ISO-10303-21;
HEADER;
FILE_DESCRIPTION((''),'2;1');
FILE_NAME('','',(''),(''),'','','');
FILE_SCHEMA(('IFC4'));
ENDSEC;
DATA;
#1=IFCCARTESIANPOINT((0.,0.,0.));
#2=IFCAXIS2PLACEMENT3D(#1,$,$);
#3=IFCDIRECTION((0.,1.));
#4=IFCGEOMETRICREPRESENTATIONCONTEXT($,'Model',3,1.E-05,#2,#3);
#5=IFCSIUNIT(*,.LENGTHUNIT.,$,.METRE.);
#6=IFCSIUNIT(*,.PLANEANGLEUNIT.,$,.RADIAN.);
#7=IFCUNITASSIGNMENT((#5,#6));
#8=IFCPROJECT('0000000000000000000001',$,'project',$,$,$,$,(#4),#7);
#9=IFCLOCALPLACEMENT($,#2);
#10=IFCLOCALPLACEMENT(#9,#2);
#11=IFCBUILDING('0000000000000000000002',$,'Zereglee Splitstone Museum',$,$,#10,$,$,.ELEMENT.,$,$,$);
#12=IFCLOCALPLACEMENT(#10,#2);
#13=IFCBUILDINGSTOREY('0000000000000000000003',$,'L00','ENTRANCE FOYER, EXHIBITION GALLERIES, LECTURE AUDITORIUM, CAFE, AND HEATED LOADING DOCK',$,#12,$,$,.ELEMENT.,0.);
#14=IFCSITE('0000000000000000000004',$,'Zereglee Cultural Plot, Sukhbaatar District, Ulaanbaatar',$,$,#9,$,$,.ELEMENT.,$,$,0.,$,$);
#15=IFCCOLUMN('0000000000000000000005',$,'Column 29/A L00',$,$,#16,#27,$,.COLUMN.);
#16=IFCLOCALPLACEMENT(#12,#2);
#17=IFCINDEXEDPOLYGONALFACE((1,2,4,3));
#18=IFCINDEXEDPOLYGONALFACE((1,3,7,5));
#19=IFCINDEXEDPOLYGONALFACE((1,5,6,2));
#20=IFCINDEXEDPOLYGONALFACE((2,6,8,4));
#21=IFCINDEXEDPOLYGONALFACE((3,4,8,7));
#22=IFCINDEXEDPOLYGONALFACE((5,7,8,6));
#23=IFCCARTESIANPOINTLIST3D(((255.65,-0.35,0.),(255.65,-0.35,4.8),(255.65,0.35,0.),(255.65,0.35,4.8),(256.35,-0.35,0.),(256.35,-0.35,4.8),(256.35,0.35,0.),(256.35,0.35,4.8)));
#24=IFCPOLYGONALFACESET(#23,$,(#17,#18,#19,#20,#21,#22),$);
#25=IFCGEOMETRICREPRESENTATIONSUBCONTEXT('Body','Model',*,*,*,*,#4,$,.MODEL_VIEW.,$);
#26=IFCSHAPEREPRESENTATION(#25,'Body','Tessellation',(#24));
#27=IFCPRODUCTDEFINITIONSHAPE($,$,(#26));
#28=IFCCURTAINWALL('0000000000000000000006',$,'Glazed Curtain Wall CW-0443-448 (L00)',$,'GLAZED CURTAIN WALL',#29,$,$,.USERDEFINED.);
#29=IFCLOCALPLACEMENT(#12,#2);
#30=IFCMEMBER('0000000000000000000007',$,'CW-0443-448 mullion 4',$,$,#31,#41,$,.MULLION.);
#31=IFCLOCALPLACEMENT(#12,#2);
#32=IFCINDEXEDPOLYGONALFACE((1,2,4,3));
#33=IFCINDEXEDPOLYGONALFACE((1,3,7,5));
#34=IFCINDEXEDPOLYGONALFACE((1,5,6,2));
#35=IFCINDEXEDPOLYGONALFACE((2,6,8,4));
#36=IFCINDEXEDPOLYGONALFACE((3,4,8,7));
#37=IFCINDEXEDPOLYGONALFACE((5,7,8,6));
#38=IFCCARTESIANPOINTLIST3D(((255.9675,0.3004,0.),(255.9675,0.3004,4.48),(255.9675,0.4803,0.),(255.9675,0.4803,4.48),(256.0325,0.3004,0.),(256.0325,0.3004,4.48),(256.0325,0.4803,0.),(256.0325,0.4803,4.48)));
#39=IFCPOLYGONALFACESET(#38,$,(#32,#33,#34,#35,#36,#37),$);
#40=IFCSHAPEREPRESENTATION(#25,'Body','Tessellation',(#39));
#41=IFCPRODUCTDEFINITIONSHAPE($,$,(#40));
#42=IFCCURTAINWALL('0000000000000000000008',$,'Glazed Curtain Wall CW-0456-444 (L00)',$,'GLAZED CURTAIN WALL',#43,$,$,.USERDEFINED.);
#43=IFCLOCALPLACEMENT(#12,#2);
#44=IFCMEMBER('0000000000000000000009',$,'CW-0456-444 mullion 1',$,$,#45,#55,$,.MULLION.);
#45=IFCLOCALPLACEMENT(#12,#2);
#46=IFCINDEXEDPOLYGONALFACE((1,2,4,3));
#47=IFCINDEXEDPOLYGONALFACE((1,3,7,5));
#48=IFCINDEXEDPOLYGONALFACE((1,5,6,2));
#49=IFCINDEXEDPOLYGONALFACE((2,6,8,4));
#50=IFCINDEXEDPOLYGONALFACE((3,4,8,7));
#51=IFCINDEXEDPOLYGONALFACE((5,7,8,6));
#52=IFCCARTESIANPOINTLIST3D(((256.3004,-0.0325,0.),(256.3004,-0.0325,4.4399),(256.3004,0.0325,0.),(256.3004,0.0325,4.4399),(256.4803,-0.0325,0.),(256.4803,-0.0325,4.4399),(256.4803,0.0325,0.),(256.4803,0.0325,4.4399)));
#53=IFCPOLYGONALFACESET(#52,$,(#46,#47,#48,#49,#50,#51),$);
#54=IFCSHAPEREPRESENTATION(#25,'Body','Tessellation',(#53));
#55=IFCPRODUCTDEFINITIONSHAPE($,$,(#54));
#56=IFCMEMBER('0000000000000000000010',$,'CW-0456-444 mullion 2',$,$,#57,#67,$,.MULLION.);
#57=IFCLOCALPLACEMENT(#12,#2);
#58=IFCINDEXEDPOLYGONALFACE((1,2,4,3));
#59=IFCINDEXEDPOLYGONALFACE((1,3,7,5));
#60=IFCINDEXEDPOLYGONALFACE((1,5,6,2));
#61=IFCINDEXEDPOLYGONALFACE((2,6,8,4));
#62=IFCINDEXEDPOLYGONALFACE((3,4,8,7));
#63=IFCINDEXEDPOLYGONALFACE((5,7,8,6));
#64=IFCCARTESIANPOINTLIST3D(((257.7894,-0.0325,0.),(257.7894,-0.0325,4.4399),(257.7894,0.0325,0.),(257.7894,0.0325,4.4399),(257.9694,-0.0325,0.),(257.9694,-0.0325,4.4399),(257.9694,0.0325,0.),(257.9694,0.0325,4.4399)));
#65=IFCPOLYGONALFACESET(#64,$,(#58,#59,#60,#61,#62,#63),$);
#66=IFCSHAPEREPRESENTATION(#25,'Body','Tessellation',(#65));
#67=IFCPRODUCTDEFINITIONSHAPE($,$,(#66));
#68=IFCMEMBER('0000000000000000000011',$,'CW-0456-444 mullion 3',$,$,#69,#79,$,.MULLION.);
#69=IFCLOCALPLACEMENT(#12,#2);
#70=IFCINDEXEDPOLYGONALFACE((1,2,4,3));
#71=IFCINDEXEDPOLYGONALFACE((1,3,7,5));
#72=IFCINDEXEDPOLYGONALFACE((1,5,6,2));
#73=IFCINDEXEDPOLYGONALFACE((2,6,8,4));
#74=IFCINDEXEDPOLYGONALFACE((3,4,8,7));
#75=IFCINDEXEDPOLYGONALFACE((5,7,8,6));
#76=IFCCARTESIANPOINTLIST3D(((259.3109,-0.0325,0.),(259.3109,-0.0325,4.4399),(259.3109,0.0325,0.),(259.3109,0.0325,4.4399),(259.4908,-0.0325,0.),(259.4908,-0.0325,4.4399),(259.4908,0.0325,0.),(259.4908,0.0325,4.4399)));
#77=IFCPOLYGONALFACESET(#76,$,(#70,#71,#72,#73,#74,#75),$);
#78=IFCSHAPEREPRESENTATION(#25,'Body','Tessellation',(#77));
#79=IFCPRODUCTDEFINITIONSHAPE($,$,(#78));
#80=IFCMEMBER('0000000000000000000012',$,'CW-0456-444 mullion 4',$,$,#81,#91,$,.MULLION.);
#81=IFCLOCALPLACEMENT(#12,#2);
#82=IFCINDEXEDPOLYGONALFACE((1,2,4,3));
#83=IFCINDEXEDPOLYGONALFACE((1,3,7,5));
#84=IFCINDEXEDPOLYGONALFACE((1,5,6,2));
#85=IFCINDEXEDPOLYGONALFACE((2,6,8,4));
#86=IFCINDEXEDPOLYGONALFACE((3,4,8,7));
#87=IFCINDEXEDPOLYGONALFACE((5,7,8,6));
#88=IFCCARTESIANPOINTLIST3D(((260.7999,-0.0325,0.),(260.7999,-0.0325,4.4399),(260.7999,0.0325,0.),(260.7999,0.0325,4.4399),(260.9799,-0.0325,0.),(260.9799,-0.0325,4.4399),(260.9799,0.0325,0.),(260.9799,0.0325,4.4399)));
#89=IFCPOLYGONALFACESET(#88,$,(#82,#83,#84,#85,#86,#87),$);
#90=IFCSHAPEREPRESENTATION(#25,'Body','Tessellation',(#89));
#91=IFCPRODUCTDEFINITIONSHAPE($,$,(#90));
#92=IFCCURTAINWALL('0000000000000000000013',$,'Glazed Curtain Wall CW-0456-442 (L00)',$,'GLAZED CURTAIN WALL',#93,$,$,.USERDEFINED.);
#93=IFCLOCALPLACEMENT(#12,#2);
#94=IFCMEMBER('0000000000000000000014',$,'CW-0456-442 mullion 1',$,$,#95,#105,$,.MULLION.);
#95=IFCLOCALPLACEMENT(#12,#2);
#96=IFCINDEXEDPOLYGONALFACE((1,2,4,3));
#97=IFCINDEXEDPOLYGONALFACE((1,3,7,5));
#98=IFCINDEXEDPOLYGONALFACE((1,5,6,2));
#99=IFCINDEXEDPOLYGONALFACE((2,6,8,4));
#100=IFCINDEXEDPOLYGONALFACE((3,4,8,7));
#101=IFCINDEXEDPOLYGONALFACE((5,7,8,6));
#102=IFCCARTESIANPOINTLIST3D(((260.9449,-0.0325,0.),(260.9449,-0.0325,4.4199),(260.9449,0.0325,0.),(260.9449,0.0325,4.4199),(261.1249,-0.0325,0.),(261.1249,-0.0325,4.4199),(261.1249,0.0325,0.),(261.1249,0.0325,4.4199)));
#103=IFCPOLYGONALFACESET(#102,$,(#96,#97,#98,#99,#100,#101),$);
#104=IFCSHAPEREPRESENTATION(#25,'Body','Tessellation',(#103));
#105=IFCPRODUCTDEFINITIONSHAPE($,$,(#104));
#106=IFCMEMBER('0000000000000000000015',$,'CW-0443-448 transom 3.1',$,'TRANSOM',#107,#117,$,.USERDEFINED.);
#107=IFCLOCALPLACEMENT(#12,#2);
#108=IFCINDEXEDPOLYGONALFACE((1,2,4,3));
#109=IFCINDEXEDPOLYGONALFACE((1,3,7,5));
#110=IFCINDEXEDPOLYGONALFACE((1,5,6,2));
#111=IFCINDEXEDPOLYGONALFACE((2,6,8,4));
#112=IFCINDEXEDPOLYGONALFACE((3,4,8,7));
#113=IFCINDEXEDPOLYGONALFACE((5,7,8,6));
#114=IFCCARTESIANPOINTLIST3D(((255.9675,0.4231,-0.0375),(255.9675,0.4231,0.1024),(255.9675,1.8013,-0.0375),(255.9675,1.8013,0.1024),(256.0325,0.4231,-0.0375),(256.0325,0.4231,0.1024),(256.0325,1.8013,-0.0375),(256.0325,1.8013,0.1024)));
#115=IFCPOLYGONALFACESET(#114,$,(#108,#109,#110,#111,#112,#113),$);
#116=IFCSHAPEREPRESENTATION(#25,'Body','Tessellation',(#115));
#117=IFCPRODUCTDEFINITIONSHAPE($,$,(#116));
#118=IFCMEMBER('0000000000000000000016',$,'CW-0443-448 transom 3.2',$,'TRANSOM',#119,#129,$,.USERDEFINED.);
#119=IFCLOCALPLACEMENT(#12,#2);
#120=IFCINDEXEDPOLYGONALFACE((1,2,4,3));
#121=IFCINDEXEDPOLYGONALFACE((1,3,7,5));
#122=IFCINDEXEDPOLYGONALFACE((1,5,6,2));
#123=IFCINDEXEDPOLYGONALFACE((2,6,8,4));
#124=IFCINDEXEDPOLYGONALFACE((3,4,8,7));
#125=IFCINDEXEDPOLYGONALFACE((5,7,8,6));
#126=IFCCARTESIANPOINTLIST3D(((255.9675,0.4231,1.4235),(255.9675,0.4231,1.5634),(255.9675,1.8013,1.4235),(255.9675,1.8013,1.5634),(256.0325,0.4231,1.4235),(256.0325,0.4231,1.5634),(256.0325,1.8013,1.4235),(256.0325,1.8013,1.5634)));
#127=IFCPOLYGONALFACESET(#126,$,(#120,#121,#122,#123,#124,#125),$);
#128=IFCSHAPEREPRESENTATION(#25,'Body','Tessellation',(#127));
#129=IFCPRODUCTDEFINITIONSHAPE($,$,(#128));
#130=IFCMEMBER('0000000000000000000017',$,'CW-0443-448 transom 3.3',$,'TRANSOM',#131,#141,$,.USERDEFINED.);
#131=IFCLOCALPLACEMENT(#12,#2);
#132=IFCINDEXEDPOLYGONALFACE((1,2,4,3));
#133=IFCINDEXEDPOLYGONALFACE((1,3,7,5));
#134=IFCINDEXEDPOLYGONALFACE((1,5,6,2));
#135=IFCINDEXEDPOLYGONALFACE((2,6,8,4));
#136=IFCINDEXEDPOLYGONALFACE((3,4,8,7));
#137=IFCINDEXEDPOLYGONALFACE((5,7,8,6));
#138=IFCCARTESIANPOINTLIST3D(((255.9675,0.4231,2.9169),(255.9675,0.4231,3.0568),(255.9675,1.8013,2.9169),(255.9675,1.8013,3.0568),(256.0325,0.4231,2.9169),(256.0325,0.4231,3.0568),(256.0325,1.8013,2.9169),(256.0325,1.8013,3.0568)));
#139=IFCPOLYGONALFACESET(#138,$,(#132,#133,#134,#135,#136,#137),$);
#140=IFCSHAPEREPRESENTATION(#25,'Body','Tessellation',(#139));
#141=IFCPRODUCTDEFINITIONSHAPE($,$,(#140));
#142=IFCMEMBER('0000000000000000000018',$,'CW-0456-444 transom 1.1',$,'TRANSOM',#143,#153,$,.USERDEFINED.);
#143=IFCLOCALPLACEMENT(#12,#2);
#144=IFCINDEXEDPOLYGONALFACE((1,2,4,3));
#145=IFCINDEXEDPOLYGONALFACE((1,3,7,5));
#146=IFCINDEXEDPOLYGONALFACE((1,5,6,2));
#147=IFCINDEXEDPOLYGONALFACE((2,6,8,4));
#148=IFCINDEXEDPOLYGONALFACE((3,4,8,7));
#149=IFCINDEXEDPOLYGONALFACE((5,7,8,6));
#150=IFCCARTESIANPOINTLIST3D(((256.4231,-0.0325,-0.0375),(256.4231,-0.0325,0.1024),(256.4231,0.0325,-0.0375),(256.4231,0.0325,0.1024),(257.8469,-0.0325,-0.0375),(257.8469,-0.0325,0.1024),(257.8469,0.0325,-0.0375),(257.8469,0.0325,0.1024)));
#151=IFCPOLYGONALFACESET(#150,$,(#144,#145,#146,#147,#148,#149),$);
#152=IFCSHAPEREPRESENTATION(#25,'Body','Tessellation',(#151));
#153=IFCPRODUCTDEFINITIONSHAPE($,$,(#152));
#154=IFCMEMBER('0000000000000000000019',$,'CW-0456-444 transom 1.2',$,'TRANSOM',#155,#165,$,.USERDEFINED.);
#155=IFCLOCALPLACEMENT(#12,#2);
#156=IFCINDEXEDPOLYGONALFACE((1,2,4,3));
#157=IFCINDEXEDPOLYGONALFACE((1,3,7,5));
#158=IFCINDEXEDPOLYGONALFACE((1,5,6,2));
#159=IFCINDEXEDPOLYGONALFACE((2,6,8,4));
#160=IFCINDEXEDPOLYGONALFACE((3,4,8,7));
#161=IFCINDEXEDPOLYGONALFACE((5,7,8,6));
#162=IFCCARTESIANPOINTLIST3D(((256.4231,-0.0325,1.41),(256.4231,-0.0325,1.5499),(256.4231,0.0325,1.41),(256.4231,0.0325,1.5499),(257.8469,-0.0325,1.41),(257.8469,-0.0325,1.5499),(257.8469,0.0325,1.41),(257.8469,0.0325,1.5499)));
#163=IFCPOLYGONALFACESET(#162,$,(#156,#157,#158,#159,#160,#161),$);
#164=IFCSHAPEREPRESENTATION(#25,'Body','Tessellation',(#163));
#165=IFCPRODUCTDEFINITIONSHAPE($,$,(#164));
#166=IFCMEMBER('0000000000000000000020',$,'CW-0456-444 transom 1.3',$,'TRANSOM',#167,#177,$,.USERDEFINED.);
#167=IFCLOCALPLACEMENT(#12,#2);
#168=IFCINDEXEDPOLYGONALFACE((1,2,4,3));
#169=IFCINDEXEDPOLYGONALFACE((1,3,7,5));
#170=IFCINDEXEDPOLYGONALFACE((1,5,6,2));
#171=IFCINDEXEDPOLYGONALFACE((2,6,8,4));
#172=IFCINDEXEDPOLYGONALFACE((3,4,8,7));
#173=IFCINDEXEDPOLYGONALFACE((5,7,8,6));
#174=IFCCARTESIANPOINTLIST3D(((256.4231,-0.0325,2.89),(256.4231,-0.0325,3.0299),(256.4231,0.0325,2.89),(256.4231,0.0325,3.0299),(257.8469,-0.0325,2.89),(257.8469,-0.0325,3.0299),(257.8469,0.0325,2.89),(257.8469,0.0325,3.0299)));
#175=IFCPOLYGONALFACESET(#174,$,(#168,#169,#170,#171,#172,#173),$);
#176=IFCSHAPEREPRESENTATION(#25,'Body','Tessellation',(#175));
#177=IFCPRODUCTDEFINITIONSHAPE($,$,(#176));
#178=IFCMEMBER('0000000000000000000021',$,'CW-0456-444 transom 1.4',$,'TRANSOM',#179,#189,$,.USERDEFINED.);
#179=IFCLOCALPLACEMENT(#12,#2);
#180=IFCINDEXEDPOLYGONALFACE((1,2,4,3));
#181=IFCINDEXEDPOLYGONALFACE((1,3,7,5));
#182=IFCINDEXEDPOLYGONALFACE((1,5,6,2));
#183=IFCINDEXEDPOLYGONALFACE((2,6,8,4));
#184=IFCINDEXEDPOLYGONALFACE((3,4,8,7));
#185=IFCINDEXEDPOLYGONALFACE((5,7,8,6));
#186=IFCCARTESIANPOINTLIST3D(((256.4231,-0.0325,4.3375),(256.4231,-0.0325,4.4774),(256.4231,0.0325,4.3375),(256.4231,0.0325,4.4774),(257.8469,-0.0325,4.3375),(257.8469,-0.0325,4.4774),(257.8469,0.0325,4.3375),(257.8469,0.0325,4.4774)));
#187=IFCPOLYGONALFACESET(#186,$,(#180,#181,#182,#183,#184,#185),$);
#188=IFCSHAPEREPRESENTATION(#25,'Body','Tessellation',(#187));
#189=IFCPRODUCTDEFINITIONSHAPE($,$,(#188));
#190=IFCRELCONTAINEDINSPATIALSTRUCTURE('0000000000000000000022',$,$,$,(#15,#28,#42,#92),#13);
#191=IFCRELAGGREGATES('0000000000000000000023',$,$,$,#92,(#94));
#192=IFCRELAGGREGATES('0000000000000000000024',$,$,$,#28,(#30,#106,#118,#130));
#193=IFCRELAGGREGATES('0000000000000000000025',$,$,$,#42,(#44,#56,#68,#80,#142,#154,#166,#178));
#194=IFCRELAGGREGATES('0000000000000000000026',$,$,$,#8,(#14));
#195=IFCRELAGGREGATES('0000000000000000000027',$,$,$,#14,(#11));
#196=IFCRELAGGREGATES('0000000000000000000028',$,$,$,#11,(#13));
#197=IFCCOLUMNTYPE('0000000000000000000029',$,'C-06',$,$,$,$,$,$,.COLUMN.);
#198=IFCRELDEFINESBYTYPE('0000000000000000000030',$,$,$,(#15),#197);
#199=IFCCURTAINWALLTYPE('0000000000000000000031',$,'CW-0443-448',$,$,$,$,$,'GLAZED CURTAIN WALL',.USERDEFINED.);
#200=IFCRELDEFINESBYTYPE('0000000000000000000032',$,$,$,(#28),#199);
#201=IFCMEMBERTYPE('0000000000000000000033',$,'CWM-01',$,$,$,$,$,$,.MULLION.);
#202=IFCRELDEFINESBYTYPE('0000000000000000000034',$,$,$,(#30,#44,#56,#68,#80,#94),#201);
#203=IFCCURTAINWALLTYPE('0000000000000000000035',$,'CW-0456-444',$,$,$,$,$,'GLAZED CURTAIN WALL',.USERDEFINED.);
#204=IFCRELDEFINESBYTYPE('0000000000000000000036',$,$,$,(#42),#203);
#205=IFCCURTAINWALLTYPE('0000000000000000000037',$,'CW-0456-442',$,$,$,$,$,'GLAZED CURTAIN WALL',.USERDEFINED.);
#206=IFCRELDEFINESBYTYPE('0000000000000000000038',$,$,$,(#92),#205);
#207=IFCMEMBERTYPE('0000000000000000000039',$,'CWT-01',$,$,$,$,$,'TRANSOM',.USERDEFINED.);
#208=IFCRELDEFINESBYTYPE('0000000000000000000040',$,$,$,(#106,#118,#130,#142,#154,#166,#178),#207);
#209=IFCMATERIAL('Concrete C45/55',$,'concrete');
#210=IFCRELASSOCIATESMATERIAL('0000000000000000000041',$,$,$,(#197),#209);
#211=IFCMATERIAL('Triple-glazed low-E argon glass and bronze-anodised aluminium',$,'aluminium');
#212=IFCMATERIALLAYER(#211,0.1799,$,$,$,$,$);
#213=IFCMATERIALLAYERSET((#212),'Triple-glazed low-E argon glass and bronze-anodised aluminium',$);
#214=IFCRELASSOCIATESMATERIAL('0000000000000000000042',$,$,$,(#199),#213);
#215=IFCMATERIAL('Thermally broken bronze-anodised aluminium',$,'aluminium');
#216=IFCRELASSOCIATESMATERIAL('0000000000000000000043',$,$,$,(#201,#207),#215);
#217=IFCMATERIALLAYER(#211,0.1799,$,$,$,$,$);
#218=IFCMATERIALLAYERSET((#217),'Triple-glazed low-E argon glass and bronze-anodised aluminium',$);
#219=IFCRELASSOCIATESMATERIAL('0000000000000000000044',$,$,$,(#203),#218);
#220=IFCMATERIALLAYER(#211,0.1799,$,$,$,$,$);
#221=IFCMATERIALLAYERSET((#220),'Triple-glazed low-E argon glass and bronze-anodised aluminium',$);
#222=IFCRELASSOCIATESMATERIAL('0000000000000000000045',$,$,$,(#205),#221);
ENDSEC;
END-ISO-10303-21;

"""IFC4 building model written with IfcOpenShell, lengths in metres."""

from ifc_helpers import new_model, si_unit, direction, frame, origin, origin_2d, place, context, subcontext, project, spatial, rectangle, extrude, material, layer, layer_set, material_profile, profile_set, type_object, element, aggregate, save


model = new_model("IFC4")

# Units and contexts
model_context = context("Model", 3, precision=1e-05, world=origin(), true_north=direction((0.0, 1.0)))
body_context = subcontext(model_context, "Body", "Model", "MODEL_VIEW")
ifc_project = project(units=[si_unit("LENGTHUNIT", "METRE"), si_unit("PLANEANGLEUNIT", "RADIAN")], contexts=[model_context])

# Site, building, storey
site_placement = place(None, origin())
site = spatial("IfcSite", under=ifc_project, at=site_placement, Name="Zereglee Cultural Plot, Sukhbaatar District, Ulaanbaatar", CompositionType="ELEMENT", RefElevation=0.0)
building_placement = place(site_placement, origin())
building = spatial("IfcBuilding", under=site, at=building_placement, Name="Zereglee Splitstone Museum", CompositionType="ELEMENT")
storey_placement = place(building_placement, origin())
storey = spatial("IfcBuildingStorey", under=building, at=storey_placement, Name="L00", Description="ENTRANCE FOYER, EXHIBITION GALLERIES, LECTURE AUDITORIUM, CAFE, AND HEATED LOADING DOCK", CompositionType="ELEMENT", Elevation=0.0)

# Column
ifc_material_1 = material(Name="Concrete C45/55", Category="concrete")
ifc_material_profile_1 = material_profile(ifc_material_1, rectangle(XDim=0.7, YDim=0.7, at=origin_2d()), Name="RC 700x700")
ifc_profile_set_1 = profile_set([ifc_material_profile_1], Name="Concrete C45/55")
column_type = type_object("IfcColumnType", Name="C-06", PredefinedType="COLUMN", material=ifc_profile_set_1)
column_placement = place(storey_placement, frame((256.0, 0.0, 0.0), z_axis=(0.0, 0.0, 1.0), x_axis=(1.0, 0.0, 0.0)))
element("IfcColumn", 1, at=column_placement, inside=storey, type_object=column_type, Name="Column 29/A L00", PredefinedType="COLUMN", context=body_context, shape_type="SweptSolid", body=[
    extrude(rectangle(XDim=0.7, YDim=0.7, at=origin_2d()), origin(), (0.0, 0.0, 1.0), 4.8),
])

# Curtain wall, member
ifc_material_2 = material(Name="Triple-glazed low-E argon glass and bronze-anodised aluminium", Category="aluminium")
ifc_layer_1 = layer(ifc_material_2, 0.1799)
ifc_layer_set_1 = layer_set([ifc_layer_1], Name="Triple-glazed low-E argon glass and bronze-anodised aluminium")
curtain_wall_type_1 = type_object("IfcCurtainWallType", Name="CW-0443-448", ElementType="GLAZED CURTAIN WALL", PredefinedType="USERDEFINED", material=ifc_layer_set_1)
curtain_wall_1_placement = place(storey_placement, origin())
curtain_wall_1 = element("IfcCurtainWall", 2, at=curtain_wall_1_placement, inside=storey, type_object=curtain_wall_type_1, Name="Glazed Curtain Wall CW-0443-448 (L00)", ObjectType="GLAZED CURTAIN WALL", PredefinedType="USERDEFINED")
ifc_material_3 = material(Name="Thermally broken bronze-anodised aluminium", Category="aluminium")
ifc_material_profile_2 = material_profile(ifc_material_3, rectangle(XDim=0.0649, YDim=0.1799, at=origin_2d()), Name="CW MULL 65x180")
ifc_profile_set_2 = profile_set([ifc_material_profile_2], Name="Thermally broken bronze-anodised aluminium")
member_type_1 = type_object("IfcMemberType", Name="CWM-01", PredefinedType="MULLION", material=ifc_profile_set_2)
member_1_placement = place(storey_placement, frame((256.0, 0.3904, 0.0), z_axis=(0.0, 0.0, 1.0), x_axis=(1.0, 0.0, 0.0)))
member_1 = element("IfcMember", 3, at=member_1_placement, type_object=member_type_1, Name="CW-0443-448 mullion 4", PredefinedType="MULLION", context=body_context, shape_type="SweptSolid", body=[
    extrude(rectangle(XDim=0.0649, YDim=0.1799, at=origin_2d()), origin(), (0.0, 0.0, 1.0), 4.48),
])

# Curtain wall, members
ifc_layer_2 = layer(ifc_material_2, 0.1799)
ifc_layer_set_2 = layer_set([ifc_layer_2], Name="Triple-glazed low-E argon glass and bronze-anodised aluminium")
curtain_wall_type_2 = type_object("IfcCurtainWallType", Name="CW-0456-444", ElementType="GLAZED CURTAIN WALL", PredefinedType="USERDEFINED", material=ifc_layer_set_2)
curtain_wall_2_placement = place(storey_placement, origin())
curtain_wall_2 = element("IfcCurtainWall", 4, at=curtain_wall_2_placement, inside=storey, type_object=curtain_wall_type_2, Name="Glazed Curtain Wall CW-0456-444 (L00)", ObjectType="GLAZED CURTAIN WALL", PredefinedType="USERDEFINED")
member_2_placement = place(storey_placement, frame((256.3904, 0.0, 0.0), z_axis=(0.0, 0.0, 1.0), x_axis=(0.0, 1.0, 0.0)))
member_2 = element("IfcMember", 5, at=member_2_placement, type_object=member_type_1, Name="CW-0456-444 mullion 1", PredefinedType="MULLION", context=body_context, shape_type="SweptSolid", body=[
    extrude(rectangle(XDim=0.0649, YDim=0.1799, at=origin_2d()), origin(), (0.0, 0.0, 1.0), 4.4399),
])
member_3_placement = place(storey_placement, frame((257.8794, 0.0, 0.0), z_axis=(0.0, 0.0, 1.0), x_axis=(0.0, 1.0, 0.0)))
member_3 = element("IfcMember", 6, at=member_3_placement, type_object=member_type_1, Name="CW-0456-444 mullion 2", PredefinedType="MULLION", context=body_context, shape_type="SweptSolid", body=[
    extrude(rectangle(XDim=0.0649, YDim=0.1799, at=origin_2d()), origin(), (0.0, 0.0, 1.0), 4.4399),
])
member_4_placement = place(storey_placement, frame((259.4009, 0.0, 0.0), z_axis=(0.0, 0.0, 1.0), x_axis=(0.0, 1.0, 0.0)))
member_4 = element("IfcMember", 7, at=member_4_placement, type_object=member_type_1, Name="CW-0456-444 mullion 3", PredefinedType="MULLION", context=body_context, shape_type="SweptSolid", body=[
    extrude(rectangle(XDim=0.0649, YDim=0.1799, at=origin_2d()), origin(), (0.0, 0.0, 1.0), 4.4399),
])
member_5_placement = place(storey_placement, frame((260.8899, 0.0, 0.0), z_axis=(0.0, 0.0, 1.0), x_axis=(0.0, 1.0, 0.0)))
member_5 = element("IfcMember", 8, at=member_5_placement, type_object=member_type_1, Name="CW-0456-444 mullion 4", PredefinedType="MULLION", context=body_context, shape_type="SweptSolid", body=[
    extrude(rectangle(XDim=0.0649, YDim=0.1799, at=origin_2d()), origin(), (0.0, 0.0, 1.0), 4.4399),
])

# Curtain wall, member
ifc_layer_3 = layer(ifc_material_2, 0.1799)
ifc_layer_set_3 = layer_set([ifc_layer_3], Name="Triple-glazed low-E argon glass and bronze-anodised aluminium")
curtain_wall_type_3 = type_object("IfcCurtainWallType", Name="CW-0456-442", ElementType="GLAZED CURTAIN WALL", PredefinedType="USERDEFINED", material=ifc_layer_set_3)
curtain_wall_3_placement = place(storey_placement, origin())
curtain_wall_3 = element("IfcCurtainWall", 9, at=curtain_wall_3_placement, inside=storey, type_object=curtain_wall_type_3, Name="Glazed Curtain Wall CW-0456-442 (L00)", ObjectType="GLAZED CURTAIN WALL", PredefinedType="USERDEFINED")
member_6_placement = place(storey_placement, frame((261.0349, 0.0, 0.0), z_axis=(0.0, 0.0, 1.0), x_axis=(0.0, 1.0, 0.0)))
member_6 = element("IfcMember", 10, at=member_6_placement, type_object=member_type_1, Name="CW-0456-442 mullion 1", PredefinedType="MULLION", context=body_context, shape_type="SweptSolid", body=[
    extrude(rectangle(XDim=0.0649, YDim=0.1799, at=origin_2d()), origin(), (0.0, 0.0, 1.0), 4.4199),
])

# Members
ifc_material_profile_3 = material_profile(ifc_material_3, rectangle(XDim=0.0649, YDim=0.1399, at=origin_2d()), Name="CW TRAN 65x140")
ifc_profile_set_3 = profile_set([ifc_material_profile_3], Name="Thermally broken bronze-anodised aluminium")
member_type_2 = type_object("IfcMemberType", Name="CWT-01", ElementType="TRANSOM", PredefinedType="USERDEFINED", material=ifc_profile_set_3)
member_7_placement = place(storey_placement, frame((256.0, 1.8013, 0.0325), z_axis=(0.0, -1.0, 0.0), x_axis=(1.0, 0.0, 0.0)))
member_7 = element("IfcMember", 11, at=member_7_placement, type_object=member_type_2, Name="CW-0443-448 transom 3.1", ObjectType="TRANSOM", PredefinedType="USERDEFINED", context=body_context, shape_type="SweptSolid", body=[
    extrude(rectangle(XDim=0.0649, YDim=0.1399, at=origin_2d()), origin(), (0.0, 0.0, 1.0), 1.3782),
])
member_8_placement = place(storey_placement, frame((256.0, 1.8013, 1.4934), z_axis=(0.0, -1.0, 0.0), x_axis=(1.0, 0.0, 0.0)))
member_8 = element("IfcMember", 12, at=member_8_placement, type_object=member_type_2, Name="CW-0443-448 transom 3.2", ObjectType="TRANSOM", PredefinedType="USERDEFINED", context=body_context, shape_type="SweptSolid", body=[
    extrude(rectangle(XDim=0.0649, YDim=0.1399, at=origin_2d()), origin(), (0.0, 0.0, 1.0), 1.3782),
])
member_9_placement = place(storey_placement, frame((256.0, 1.8013, 2.9868), z_axis=(0.0, -1.0, 0.0), x_axis=(1.0, 0.0, 0.0)))
member_9 = element("IfcMember", 13, at=member_9_placement, type_object=member_type_2, Name="CW-0443-448 transom 3.3", ObjectType="TRANSOM", PredefinedType="USERDEFINED", context=body_context, shape_type="SweptSolid", body=[
    extrude(rectangle(XDim=0.0649, YDim=0.1399, at=origin_2d()), origin(), (0.0, 0.0, 1.0), 1.3782),
])
member_10_placement = place(storey_placement, frame((256.4231, 0.0, 0.0325), z_axis=(1.0, 0.0, 0.0), x_axis=(0.0, 1.0, 0.0)))
member_10 = element("IfcMember", 14, at=member_10_placement, type_object=member_type_2, Name="CW-0456-444 transom 1.1", ObjectType="TRANSOM", PredefinedType="USERDEFINED", context=body_context, shape_type="SweptSolid", body=[
    extrude(rectangle(XDim=0.0649, YDim=0.1399, at=origin_2d()), origin(), (0.0, 0.0, 1.0), 1.4238),
])
member_11_placement = place(storey_placement, frame((256.4231, 0.0, 1.48), z_axis=(1.0, 0.0, 0.0), x_axis=(0.0, 1.0, 0.0)))
member_11 = element("IfcMember", 15, at=member_11_placement, type_object=member_type_2, Name="CW-0456-444 transom 1.2", ObjectType="TRANSOM", PredefinedType="USERDEFINED", context=body_context, shape_type="SweptSolid", body=[
    extrude(rectangle(XDim=0.0649, YDim=0.1399, at=origin_2d()), origin(), (0.0, 0.0, 1.0), 1.4238),
])
member_12_placement = place(storey_placement, frame((256.4231, 0.0, 2.96), z_axis=(1.0, 0.0, 0.0), x_axis=(0.0, 1.0, 0.0)))
member_12 = element("IfcMember", 16, at=member_12_placement, type_object=member_type_2, Name="CW-0456-444 transom 1.3", ObjectType="TRANSOM", PredefinedType="USERDEFINED", context=body_context, shape_type="SweptSolid", body=[
    extrude(rectangle(XDim=0.0649, YDim=0.1399, at=origin_2d()), origin(), (0.0, 0.0, 1.0), 1.4238),
])
member_13_placement = place(storey_placement, frame((256.4231, 0.0, 4.4075), z_axis=(1.0, 0.0, 0.0), x_axis=(0.0, 1.0, 0.0)))
member_13 = element("IfcMember", 17, at=member_13_placement, type_object=member_type_2, Name="CW-0456-444 transom 1.4", ObjectType="TRANSOM", PredefinedType="USERDEFINED", context=body_context, shape_type="SweptSolid", body=[
    extrude(rectangle(XDim=0.0649, YDim=0.1399, at=origin_2d()), origin(), (0.0, 0.0, 1.0), 1.4238),
])
aggregate(curtain_wall_3, [member_6])

aggregate(curtain_wall_1, [member_1, member_7, member_8, member_9])
aggregate(curtain_wall_2, [member_2, member_3, member_4, member_5, member_10, member_11, member_12, member_13])

save(model, "model.ifc")
